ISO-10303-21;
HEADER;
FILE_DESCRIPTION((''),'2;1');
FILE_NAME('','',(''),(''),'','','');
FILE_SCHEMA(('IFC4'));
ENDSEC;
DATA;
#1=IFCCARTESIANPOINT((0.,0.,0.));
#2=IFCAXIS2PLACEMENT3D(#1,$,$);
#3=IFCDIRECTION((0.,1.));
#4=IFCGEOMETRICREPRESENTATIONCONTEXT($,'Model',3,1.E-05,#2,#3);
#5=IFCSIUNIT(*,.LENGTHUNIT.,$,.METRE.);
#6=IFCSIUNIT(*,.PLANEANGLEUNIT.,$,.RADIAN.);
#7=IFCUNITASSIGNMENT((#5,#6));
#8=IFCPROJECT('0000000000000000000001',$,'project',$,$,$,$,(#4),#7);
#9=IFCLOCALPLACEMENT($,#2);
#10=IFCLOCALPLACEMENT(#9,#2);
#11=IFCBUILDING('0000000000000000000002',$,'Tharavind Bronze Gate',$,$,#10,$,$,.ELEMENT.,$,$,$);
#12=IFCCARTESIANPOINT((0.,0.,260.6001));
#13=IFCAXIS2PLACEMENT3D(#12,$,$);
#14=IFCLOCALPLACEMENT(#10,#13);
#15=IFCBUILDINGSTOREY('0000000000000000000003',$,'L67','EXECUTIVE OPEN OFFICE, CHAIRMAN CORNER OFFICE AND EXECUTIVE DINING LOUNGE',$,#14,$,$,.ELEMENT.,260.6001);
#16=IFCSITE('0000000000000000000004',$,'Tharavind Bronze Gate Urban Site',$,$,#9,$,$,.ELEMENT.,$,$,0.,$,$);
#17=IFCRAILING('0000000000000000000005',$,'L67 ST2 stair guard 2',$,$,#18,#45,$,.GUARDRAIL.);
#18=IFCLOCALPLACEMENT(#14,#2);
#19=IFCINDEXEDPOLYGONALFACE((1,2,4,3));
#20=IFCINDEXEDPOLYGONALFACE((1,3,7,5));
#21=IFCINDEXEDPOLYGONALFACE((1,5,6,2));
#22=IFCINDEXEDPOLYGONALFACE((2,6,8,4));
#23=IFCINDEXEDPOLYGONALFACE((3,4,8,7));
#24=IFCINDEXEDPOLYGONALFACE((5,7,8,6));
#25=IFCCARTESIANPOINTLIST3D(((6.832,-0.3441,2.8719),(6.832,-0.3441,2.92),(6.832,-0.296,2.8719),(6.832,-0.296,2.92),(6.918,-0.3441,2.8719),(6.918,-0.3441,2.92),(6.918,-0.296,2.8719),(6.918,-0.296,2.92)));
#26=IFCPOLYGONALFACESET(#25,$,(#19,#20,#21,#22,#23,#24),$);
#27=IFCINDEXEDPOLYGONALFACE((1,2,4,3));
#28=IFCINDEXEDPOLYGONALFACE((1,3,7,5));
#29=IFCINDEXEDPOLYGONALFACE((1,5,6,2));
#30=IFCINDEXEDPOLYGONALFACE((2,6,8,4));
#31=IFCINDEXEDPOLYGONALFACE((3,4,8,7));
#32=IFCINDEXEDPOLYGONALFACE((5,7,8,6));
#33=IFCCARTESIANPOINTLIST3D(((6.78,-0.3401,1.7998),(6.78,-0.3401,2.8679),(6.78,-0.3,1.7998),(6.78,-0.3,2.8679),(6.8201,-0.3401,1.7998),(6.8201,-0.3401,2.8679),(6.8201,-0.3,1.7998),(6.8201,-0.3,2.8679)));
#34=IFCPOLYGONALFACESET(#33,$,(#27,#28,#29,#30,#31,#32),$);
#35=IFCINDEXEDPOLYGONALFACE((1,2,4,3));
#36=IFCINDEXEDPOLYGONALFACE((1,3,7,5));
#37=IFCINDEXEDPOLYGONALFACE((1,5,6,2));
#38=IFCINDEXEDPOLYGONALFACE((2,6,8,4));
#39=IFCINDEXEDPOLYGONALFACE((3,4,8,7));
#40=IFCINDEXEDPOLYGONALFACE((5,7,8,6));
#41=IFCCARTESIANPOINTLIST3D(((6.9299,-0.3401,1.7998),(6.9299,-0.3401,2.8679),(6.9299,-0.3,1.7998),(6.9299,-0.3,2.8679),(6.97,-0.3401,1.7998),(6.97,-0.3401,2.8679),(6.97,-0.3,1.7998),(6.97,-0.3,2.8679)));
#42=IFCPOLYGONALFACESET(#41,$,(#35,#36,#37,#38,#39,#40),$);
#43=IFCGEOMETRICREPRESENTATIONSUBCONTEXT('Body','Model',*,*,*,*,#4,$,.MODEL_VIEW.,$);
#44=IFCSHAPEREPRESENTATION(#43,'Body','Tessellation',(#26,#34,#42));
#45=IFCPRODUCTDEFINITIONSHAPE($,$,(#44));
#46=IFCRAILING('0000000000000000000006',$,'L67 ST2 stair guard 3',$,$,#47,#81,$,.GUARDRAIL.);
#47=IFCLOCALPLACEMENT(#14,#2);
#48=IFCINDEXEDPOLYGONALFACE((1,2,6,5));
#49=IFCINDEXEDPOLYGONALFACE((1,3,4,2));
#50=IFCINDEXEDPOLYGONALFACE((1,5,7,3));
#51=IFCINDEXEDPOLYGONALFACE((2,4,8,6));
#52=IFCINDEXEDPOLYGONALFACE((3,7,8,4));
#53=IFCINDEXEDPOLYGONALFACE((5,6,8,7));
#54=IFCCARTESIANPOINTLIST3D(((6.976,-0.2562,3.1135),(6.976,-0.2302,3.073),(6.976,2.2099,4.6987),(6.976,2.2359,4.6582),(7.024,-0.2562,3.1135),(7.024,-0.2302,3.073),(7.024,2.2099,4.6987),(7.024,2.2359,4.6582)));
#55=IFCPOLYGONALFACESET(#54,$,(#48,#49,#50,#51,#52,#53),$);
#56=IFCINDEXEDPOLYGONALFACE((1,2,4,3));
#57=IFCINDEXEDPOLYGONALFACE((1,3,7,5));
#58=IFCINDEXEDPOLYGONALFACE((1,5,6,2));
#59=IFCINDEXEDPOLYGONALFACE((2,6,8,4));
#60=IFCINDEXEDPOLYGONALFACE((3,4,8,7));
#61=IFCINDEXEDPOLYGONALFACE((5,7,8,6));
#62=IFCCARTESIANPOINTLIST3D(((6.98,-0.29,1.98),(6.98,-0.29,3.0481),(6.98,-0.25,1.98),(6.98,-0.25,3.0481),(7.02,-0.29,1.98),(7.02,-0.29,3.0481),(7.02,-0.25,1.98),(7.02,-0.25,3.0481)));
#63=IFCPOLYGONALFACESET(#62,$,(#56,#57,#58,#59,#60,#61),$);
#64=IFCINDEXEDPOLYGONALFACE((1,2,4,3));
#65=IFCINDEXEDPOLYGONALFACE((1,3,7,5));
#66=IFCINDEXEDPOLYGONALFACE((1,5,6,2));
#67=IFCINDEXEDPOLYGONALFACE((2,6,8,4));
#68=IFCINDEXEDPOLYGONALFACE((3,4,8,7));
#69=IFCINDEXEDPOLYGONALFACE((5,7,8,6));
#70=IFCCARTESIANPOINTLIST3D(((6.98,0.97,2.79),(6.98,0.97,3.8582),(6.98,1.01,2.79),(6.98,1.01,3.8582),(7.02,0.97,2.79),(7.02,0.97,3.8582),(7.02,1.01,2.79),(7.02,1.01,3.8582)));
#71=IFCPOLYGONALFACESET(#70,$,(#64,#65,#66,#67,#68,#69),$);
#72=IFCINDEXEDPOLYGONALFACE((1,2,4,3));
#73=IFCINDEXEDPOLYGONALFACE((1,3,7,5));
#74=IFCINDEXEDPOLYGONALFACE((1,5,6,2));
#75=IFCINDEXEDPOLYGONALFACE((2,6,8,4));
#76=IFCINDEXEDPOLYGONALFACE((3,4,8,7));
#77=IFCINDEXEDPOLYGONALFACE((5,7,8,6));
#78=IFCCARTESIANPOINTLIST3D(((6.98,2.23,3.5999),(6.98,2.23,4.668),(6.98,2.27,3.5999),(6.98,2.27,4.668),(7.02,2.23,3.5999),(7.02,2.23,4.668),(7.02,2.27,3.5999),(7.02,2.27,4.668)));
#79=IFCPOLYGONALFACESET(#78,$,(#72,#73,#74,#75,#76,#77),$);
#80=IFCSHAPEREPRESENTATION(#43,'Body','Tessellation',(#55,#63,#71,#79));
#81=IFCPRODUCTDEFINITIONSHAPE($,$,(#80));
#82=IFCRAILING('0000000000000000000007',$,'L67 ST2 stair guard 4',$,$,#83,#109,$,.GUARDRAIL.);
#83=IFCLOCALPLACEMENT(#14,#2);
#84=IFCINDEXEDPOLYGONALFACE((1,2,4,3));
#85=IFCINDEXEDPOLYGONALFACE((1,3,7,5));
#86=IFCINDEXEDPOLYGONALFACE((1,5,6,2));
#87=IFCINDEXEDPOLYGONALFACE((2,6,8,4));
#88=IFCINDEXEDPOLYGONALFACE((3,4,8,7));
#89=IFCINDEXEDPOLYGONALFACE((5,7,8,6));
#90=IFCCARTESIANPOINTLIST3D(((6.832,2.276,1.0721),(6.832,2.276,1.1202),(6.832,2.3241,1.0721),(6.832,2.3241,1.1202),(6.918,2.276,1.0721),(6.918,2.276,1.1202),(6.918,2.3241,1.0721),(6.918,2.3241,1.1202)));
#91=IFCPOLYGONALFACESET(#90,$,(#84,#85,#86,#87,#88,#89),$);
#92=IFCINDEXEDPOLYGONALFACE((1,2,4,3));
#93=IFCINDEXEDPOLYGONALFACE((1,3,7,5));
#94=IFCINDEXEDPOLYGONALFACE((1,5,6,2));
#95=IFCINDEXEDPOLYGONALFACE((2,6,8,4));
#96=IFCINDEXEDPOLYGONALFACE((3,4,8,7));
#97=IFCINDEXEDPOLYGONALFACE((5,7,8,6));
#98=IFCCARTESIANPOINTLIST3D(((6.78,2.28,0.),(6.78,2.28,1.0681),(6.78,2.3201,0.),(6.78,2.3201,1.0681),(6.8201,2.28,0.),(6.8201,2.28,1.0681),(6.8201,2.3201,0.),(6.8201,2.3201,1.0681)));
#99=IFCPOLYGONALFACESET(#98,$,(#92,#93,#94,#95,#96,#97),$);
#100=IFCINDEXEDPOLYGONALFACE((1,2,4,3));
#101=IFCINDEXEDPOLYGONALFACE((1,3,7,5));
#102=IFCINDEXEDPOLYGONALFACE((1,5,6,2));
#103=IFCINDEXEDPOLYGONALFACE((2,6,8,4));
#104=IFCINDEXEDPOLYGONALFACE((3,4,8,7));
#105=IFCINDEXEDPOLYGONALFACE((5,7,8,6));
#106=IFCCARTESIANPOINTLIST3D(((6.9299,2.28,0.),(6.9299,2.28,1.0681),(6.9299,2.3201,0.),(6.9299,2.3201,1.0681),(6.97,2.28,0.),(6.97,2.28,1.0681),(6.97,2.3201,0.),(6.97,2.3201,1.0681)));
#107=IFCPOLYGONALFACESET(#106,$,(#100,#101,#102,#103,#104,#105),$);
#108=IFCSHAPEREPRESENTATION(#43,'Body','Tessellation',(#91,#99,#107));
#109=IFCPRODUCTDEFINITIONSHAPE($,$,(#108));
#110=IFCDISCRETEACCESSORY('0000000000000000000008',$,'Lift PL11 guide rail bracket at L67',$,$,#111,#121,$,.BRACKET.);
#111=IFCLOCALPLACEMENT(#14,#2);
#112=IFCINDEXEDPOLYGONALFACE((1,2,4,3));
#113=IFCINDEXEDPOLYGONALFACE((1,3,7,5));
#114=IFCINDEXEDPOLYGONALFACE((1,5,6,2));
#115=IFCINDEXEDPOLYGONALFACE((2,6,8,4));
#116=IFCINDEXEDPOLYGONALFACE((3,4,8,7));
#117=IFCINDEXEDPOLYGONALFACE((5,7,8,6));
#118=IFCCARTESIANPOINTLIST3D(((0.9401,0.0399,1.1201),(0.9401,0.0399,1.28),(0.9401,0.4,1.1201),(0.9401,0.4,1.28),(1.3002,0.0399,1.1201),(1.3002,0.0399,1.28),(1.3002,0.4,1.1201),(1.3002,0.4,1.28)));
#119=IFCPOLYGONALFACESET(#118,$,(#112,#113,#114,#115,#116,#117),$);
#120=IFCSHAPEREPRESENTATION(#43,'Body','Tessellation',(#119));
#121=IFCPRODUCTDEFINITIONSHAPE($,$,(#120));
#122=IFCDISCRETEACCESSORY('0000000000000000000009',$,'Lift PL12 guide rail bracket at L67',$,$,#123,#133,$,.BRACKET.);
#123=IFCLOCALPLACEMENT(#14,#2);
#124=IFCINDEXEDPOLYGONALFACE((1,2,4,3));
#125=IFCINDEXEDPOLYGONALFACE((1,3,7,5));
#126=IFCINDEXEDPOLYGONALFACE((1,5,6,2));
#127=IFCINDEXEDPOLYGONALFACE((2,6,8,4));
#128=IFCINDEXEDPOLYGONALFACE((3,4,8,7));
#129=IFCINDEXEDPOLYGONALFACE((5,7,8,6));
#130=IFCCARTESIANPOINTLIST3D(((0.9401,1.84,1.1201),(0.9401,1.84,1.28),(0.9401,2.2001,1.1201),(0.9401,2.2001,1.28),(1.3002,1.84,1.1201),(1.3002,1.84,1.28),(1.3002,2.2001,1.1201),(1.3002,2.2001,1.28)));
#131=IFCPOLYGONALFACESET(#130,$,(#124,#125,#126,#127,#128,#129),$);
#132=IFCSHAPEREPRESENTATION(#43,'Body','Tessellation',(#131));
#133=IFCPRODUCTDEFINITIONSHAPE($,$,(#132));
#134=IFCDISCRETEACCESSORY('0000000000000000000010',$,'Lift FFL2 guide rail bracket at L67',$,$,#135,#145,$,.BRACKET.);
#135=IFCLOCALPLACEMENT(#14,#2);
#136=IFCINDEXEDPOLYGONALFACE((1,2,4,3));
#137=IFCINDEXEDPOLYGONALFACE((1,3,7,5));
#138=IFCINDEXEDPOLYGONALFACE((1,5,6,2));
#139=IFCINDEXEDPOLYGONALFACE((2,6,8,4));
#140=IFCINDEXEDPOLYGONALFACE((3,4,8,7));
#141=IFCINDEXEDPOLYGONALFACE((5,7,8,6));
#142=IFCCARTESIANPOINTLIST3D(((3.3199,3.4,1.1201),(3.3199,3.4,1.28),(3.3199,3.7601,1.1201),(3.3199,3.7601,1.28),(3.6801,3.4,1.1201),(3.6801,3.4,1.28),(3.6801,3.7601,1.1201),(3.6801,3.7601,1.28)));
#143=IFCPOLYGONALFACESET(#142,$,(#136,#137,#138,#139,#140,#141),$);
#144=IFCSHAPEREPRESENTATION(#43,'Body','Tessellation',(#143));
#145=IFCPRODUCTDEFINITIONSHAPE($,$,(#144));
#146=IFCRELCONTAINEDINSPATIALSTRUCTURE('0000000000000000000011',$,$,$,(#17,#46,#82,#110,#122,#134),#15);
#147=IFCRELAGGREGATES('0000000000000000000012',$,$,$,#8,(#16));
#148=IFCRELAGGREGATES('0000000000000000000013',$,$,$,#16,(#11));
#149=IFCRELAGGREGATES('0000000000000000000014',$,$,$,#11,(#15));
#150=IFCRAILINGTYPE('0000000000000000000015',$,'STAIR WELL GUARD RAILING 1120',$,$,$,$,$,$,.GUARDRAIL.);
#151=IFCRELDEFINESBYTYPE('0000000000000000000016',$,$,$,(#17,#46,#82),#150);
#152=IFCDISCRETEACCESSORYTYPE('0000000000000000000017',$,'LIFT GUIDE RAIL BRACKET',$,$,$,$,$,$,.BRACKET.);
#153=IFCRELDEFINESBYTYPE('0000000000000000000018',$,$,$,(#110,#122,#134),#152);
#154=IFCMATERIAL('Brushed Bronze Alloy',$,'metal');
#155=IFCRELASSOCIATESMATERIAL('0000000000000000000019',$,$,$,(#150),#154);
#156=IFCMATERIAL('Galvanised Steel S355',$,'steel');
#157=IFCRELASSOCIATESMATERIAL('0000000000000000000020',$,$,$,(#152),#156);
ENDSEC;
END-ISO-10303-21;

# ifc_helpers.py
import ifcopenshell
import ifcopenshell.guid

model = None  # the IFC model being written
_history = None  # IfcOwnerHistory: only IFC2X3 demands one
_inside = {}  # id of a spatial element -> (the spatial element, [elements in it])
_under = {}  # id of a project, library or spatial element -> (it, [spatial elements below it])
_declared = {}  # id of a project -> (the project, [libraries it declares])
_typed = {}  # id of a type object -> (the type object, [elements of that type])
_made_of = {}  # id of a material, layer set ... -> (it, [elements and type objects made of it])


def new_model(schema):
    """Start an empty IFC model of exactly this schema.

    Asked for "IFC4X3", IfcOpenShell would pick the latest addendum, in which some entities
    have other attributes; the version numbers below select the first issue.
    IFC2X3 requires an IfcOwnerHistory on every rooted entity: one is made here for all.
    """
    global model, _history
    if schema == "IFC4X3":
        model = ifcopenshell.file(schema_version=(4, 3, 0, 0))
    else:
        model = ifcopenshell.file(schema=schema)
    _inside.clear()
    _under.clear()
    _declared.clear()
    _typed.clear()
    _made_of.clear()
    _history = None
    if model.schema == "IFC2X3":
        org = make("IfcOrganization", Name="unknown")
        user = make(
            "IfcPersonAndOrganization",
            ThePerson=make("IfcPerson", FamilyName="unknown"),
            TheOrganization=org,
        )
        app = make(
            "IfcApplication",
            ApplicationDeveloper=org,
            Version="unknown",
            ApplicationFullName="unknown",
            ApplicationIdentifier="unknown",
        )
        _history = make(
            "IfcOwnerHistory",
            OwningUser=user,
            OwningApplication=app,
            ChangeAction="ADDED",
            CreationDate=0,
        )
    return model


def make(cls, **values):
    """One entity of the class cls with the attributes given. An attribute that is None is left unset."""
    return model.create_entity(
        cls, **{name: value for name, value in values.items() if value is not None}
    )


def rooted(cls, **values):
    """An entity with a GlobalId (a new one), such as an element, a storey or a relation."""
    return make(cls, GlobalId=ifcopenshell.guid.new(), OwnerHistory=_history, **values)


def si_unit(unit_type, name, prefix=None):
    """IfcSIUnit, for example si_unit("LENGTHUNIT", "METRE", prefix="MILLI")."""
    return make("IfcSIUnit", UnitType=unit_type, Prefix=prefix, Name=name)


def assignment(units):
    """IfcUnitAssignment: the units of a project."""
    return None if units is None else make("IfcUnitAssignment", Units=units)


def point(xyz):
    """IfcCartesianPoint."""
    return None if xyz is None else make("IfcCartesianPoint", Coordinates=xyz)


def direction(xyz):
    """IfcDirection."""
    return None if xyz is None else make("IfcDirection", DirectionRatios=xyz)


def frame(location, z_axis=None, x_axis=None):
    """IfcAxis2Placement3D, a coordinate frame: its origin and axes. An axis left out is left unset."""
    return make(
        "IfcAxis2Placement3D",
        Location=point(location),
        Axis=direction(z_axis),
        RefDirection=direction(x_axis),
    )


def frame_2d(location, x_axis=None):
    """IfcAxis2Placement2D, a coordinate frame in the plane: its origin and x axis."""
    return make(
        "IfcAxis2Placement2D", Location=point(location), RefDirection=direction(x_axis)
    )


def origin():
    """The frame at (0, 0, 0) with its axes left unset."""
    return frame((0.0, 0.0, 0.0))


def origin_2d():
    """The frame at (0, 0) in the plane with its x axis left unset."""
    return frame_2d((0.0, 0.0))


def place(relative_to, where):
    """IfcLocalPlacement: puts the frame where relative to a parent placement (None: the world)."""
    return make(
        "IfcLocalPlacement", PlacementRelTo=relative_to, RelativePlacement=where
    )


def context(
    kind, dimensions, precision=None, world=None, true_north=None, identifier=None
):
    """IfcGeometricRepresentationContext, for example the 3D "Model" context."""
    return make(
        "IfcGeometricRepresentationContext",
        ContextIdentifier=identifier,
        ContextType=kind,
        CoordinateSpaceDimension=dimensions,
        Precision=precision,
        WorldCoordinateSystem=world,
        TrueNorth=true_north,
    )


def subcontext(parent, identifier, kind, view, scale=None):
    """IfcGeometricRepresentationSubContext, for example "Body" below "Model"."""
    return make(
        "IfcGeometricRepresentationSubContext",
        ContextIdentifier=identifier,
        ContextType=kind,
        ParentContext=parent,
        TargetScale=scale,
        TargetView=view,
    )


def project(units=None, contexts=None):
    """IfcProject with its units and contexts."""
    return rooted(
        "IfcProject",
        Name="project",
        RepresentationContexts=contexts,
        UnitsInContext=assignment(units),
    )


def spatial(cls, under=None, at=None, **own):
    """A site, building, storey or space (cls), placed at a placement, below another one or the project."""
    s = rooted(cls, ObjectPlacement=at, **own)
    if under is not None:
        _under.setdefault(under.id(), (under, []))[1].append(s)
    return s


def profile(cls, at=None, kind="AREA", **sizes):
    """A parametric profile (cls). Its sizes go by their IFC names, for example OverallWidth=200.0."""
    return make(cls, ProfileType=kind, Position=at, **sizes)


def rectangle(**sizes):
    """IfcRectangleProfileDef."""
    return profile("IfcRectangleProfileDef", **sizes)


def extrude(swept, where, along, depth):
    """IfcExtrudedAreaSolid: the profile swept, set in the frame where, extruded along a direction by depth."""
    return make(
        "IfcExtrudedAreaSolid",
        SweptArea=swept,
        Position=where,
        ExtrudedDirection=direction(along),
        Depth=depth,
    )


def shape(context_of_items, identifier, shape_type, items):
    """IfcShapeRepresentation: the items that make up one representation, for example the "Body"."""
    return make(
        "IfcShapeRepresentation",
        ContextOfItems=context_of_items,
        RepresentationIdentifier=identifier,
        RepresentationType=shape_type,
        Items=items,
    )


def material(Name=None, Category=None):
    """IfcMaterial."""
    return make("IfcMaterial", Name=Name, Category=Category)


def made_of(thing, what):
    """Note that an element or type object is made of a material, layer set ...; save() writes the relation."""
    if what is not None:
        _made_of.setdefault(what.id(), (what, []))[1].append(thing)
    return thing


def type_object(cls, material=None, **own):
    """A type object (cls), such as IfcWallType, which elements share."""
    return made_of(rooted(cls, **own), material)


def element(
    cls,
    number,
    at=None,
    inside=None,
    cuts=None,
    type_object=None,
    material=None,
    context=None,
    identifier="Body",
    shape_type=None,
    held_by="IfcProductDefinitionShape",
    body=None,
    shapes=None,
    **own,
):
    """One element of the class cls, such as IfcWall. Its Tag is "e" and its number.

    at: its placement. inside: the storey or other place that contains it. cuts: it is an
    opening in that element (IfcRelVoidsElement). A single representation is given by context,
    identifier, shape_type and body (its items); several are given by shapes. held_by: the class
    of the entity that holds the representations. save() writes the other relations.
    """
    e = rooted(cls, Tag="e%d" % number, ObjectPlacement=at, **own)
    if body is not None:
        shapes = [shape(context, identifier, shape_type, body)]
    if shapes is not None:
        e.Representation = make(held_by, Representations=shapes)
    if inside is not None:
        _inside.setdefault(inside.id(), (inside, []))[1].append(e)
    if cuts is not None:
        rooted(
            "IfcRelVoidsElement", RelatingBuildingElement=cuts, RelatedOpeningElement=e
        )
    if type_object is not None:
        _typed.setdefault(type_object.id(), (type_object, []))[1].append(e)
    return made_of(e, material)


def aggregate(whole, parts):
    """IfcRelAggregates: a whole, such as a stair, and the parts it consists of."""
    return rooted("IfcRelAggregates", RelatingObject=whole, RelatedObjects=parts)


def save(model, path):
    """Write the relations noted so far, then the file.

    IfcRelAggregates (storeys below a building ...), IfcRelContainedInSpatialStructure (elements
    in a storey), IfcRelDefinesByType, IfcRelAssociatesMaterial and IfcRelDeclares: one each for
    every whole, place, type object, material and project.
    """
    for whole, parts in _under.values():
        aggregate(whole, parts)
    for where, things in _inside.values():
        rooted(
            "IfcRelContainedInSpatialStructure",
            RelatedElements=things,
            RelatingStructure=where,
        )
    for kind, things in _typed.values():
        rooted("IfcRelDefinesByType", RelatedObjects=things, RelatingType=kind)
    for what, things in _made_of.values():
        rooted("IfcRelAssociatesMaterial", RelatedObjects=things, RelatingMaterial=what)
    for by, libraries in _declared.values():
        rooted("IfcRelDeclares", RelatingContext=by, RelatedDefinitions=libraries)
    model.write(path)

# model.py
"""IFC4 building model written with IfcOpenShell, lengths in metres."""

from ifc_helpers import new_model, si_unit, direction, frame, origin, origin_2d, place, context, subcontext, project, spatial, rectangle, extrude, material, type_object, element, save


model = new_model("IFC4")

# Units and contexts
model_context = context("Model", 3, precision=1e-05, world=origin(), true_north=direction((0.0, 1.0)))
body_context = subcontext(model_context, "Body", "Model", "MODEL_VIEW")
ifc_project = project(units=[si_unit("LENGTHUNIT", "METRE"), si_unit("PLANEANGLEUNIT", "RADIAN")], contexts=[model_context])

# Site, building, storey
site_placement = place(None, origin())
site = spatial("IfcSite", under=ifc_project, at=site_placement, Name="Tharavind Bronze Gate Urban Site", CompositionType="ELEMENT", RefElevation=0.0)
building_placement = place(site_placement, origin())
building = spatial("IfcBuilding", under=site, at=building_placement, Name="Tharavind Bronze Gate", CompositionType="ELEMENT")
storey_placement = place(building_placement, frame((0.0, 0.0, 260.6001)))
storey = spatial("IfcBuildingStorey", under=building, at=storey_placement, Name="L67", Description="EXECUTIVE OPEN OFFICE, CHAIRMAN CORNER OFFICE AND EXECUTIVE DINING LOUNGE", CompositionType="ELEMENT", Elevation=260.6001)

# Railings
ifc_material_1 = material(Name="Brushed Bronze Alloy", Category="metal")
railing_type_1 = type_object("IfcRailingType", Name="STAIR WELL GUARD RAILING 1120", PredefinedType="GUARDRAIL", material=ifc_material_1)
railing_1_placement = place(storey_placement, frame((6.8, -0.3201, 1.7998)))
element("IfcRailing", 1, at=railing_1_placement, inside=storey, type_object=railing_type_1, Name="L67 ST2 stair guard 2", PredefinedType="GUARDRAIL", context=body_context, shape_type="SweptSolid", body=[
    extrude(rectangle(XDim=0.0481, YDim=0.0481, at=origin_2d()), frame((0.032, 0.0, 1.0962), z_axis=(1.0, 0.0, 0.0), x_axis=(0.0, 1.0, 0.0)), (0.0, 0.0, 1.0), 0.0859),
    extrude(rectangle(XDim=0.04, YDim=0.04, at=origin_2d()), origin(), (0.0, 0.0, 1.0), 1.0681),
    extrude(rectangle(XDim=0.04, YDim=0.04, at=origin_2d()), frame((0.1499, 0.0, 0.0)), (0.0, 0.0, 1.0), 1.0681),
])
railing_2_placement = place(storey_placement, frame((7.0, -0.27, 1.98)))
element("IfcRailing", 2, at=railing_2_placement, inside=storey, type_object=railing_type_1, Name="L67 ST2 stair guard 3", PredefinedType="GUARDRAIL", context=body_context, shape_type="SweptSolid", body=[
    extrude(rectangle(XDim=0.0481, YDim=0.0481, at=origin_2d()), frame((0.0, 0.0269, 1.1133), z_axis=(0.0, 0.8412, 0.540725), x_axis=(-1.0, 0.0, 0.0)), (0.0, 0.0, 1.0), 2.9316),
    extrude(rectangle(XDim=0.04, YDim=0.04, at=origin_2d()), origin(), (0.0, 0.0, 1.0), 1.0681),
    extrude(rectangle(XDim=0.04, YDim=0.04, at=origin_2d()), frame((0.0, 1.26, 0.8101)), (0.0, 0.0, 1.0), 1.0681),
    extrude(rectangle(XDim=0.04, YDim=0.04, at=origin_2d()), frame((0.0, 2.52, 1.6199)), (0.0, 0.0, 1.0), 1.0681),
])
railing_3_placement = place(storey_placement, frame((6.8, 2.3, 0.0)))
element("IfcRailing", 3, at=railing_3_placement, inside=storey, type_object=railing_type_1, Name="L67 ST2 stair guard 4", PredefinedType="GUARDRAIL", context=body_context, shape_type="SweptSolid", body=[
    extrude(rectangle(XDim=0.0481, YDim=0.0481, at=origin_2d()), frame((0.032, 0.0, 1.0962), z_axis=(1.0, 0.0, 0.0), x_axis=(0.0, 1.0, 0.0)), (0.0, 0.0, 1.0), 0.0859),
    extrude(rectangle(XDim=0.04, YDim=0.04, at=origin_2d()), origin(), (0.0, 0.0, 1.0), 1.0681),
    extrude(rectangle(XDim=0.04, YDim=0.04, at=origin_2d()), frame((0.1499, 0.0, 0.0)), (0.0, 0.0, 1.0), 1.0681),
])

# Discrete accessories
ifc_material_2 = material(Name="Galvanised Steel S355", Category="steel")
discrete_accessory_type = type_object("IfcDiscreteAccessoryType", Name="LIFT GUIDE RAIL BRACKET", PredefinedType="BRACKET", material=ifc_material_2)
for number, where, z_axis, x_axis, name in (
    (4, (1.1201, 0.22, 1.1201), (0.0, 0.0, 1.0), (1.0, 0.0, 0.0), "Lift PL11 guide rail bracket at L67"),
    (5, (1.1201, 2.02, 1.1201), (0.0, 0.0, 1.0), (1.0, 0.0, 0.0), "Lift PL12 guide rail bracket at L67"),
    (6, (3.5, 3.5801, 1.1201), (0.0, 0.0, 1.0), (1.0, 0.0, 0.0), "Lift FFL2 guide rail bracket at L67"),
):
    element("IfcDiscreteAccessory", number, at=place(storey_placement, frame(where, z_axis=z_axis, x_axis=x_axis)), inside=storey, type_object=discrete_accessory_type, Name=name, PredefinedType="BRACKET", context=body_context, shape_type="SweptSolid", body=[
        extrude(rectangle(XDim=0.3601, YDim=0.3601, at=origin_2d()), origin(), (0.0, 0.0, 1.0), 0.1599),
    ])

save(model, "model.ifc")
